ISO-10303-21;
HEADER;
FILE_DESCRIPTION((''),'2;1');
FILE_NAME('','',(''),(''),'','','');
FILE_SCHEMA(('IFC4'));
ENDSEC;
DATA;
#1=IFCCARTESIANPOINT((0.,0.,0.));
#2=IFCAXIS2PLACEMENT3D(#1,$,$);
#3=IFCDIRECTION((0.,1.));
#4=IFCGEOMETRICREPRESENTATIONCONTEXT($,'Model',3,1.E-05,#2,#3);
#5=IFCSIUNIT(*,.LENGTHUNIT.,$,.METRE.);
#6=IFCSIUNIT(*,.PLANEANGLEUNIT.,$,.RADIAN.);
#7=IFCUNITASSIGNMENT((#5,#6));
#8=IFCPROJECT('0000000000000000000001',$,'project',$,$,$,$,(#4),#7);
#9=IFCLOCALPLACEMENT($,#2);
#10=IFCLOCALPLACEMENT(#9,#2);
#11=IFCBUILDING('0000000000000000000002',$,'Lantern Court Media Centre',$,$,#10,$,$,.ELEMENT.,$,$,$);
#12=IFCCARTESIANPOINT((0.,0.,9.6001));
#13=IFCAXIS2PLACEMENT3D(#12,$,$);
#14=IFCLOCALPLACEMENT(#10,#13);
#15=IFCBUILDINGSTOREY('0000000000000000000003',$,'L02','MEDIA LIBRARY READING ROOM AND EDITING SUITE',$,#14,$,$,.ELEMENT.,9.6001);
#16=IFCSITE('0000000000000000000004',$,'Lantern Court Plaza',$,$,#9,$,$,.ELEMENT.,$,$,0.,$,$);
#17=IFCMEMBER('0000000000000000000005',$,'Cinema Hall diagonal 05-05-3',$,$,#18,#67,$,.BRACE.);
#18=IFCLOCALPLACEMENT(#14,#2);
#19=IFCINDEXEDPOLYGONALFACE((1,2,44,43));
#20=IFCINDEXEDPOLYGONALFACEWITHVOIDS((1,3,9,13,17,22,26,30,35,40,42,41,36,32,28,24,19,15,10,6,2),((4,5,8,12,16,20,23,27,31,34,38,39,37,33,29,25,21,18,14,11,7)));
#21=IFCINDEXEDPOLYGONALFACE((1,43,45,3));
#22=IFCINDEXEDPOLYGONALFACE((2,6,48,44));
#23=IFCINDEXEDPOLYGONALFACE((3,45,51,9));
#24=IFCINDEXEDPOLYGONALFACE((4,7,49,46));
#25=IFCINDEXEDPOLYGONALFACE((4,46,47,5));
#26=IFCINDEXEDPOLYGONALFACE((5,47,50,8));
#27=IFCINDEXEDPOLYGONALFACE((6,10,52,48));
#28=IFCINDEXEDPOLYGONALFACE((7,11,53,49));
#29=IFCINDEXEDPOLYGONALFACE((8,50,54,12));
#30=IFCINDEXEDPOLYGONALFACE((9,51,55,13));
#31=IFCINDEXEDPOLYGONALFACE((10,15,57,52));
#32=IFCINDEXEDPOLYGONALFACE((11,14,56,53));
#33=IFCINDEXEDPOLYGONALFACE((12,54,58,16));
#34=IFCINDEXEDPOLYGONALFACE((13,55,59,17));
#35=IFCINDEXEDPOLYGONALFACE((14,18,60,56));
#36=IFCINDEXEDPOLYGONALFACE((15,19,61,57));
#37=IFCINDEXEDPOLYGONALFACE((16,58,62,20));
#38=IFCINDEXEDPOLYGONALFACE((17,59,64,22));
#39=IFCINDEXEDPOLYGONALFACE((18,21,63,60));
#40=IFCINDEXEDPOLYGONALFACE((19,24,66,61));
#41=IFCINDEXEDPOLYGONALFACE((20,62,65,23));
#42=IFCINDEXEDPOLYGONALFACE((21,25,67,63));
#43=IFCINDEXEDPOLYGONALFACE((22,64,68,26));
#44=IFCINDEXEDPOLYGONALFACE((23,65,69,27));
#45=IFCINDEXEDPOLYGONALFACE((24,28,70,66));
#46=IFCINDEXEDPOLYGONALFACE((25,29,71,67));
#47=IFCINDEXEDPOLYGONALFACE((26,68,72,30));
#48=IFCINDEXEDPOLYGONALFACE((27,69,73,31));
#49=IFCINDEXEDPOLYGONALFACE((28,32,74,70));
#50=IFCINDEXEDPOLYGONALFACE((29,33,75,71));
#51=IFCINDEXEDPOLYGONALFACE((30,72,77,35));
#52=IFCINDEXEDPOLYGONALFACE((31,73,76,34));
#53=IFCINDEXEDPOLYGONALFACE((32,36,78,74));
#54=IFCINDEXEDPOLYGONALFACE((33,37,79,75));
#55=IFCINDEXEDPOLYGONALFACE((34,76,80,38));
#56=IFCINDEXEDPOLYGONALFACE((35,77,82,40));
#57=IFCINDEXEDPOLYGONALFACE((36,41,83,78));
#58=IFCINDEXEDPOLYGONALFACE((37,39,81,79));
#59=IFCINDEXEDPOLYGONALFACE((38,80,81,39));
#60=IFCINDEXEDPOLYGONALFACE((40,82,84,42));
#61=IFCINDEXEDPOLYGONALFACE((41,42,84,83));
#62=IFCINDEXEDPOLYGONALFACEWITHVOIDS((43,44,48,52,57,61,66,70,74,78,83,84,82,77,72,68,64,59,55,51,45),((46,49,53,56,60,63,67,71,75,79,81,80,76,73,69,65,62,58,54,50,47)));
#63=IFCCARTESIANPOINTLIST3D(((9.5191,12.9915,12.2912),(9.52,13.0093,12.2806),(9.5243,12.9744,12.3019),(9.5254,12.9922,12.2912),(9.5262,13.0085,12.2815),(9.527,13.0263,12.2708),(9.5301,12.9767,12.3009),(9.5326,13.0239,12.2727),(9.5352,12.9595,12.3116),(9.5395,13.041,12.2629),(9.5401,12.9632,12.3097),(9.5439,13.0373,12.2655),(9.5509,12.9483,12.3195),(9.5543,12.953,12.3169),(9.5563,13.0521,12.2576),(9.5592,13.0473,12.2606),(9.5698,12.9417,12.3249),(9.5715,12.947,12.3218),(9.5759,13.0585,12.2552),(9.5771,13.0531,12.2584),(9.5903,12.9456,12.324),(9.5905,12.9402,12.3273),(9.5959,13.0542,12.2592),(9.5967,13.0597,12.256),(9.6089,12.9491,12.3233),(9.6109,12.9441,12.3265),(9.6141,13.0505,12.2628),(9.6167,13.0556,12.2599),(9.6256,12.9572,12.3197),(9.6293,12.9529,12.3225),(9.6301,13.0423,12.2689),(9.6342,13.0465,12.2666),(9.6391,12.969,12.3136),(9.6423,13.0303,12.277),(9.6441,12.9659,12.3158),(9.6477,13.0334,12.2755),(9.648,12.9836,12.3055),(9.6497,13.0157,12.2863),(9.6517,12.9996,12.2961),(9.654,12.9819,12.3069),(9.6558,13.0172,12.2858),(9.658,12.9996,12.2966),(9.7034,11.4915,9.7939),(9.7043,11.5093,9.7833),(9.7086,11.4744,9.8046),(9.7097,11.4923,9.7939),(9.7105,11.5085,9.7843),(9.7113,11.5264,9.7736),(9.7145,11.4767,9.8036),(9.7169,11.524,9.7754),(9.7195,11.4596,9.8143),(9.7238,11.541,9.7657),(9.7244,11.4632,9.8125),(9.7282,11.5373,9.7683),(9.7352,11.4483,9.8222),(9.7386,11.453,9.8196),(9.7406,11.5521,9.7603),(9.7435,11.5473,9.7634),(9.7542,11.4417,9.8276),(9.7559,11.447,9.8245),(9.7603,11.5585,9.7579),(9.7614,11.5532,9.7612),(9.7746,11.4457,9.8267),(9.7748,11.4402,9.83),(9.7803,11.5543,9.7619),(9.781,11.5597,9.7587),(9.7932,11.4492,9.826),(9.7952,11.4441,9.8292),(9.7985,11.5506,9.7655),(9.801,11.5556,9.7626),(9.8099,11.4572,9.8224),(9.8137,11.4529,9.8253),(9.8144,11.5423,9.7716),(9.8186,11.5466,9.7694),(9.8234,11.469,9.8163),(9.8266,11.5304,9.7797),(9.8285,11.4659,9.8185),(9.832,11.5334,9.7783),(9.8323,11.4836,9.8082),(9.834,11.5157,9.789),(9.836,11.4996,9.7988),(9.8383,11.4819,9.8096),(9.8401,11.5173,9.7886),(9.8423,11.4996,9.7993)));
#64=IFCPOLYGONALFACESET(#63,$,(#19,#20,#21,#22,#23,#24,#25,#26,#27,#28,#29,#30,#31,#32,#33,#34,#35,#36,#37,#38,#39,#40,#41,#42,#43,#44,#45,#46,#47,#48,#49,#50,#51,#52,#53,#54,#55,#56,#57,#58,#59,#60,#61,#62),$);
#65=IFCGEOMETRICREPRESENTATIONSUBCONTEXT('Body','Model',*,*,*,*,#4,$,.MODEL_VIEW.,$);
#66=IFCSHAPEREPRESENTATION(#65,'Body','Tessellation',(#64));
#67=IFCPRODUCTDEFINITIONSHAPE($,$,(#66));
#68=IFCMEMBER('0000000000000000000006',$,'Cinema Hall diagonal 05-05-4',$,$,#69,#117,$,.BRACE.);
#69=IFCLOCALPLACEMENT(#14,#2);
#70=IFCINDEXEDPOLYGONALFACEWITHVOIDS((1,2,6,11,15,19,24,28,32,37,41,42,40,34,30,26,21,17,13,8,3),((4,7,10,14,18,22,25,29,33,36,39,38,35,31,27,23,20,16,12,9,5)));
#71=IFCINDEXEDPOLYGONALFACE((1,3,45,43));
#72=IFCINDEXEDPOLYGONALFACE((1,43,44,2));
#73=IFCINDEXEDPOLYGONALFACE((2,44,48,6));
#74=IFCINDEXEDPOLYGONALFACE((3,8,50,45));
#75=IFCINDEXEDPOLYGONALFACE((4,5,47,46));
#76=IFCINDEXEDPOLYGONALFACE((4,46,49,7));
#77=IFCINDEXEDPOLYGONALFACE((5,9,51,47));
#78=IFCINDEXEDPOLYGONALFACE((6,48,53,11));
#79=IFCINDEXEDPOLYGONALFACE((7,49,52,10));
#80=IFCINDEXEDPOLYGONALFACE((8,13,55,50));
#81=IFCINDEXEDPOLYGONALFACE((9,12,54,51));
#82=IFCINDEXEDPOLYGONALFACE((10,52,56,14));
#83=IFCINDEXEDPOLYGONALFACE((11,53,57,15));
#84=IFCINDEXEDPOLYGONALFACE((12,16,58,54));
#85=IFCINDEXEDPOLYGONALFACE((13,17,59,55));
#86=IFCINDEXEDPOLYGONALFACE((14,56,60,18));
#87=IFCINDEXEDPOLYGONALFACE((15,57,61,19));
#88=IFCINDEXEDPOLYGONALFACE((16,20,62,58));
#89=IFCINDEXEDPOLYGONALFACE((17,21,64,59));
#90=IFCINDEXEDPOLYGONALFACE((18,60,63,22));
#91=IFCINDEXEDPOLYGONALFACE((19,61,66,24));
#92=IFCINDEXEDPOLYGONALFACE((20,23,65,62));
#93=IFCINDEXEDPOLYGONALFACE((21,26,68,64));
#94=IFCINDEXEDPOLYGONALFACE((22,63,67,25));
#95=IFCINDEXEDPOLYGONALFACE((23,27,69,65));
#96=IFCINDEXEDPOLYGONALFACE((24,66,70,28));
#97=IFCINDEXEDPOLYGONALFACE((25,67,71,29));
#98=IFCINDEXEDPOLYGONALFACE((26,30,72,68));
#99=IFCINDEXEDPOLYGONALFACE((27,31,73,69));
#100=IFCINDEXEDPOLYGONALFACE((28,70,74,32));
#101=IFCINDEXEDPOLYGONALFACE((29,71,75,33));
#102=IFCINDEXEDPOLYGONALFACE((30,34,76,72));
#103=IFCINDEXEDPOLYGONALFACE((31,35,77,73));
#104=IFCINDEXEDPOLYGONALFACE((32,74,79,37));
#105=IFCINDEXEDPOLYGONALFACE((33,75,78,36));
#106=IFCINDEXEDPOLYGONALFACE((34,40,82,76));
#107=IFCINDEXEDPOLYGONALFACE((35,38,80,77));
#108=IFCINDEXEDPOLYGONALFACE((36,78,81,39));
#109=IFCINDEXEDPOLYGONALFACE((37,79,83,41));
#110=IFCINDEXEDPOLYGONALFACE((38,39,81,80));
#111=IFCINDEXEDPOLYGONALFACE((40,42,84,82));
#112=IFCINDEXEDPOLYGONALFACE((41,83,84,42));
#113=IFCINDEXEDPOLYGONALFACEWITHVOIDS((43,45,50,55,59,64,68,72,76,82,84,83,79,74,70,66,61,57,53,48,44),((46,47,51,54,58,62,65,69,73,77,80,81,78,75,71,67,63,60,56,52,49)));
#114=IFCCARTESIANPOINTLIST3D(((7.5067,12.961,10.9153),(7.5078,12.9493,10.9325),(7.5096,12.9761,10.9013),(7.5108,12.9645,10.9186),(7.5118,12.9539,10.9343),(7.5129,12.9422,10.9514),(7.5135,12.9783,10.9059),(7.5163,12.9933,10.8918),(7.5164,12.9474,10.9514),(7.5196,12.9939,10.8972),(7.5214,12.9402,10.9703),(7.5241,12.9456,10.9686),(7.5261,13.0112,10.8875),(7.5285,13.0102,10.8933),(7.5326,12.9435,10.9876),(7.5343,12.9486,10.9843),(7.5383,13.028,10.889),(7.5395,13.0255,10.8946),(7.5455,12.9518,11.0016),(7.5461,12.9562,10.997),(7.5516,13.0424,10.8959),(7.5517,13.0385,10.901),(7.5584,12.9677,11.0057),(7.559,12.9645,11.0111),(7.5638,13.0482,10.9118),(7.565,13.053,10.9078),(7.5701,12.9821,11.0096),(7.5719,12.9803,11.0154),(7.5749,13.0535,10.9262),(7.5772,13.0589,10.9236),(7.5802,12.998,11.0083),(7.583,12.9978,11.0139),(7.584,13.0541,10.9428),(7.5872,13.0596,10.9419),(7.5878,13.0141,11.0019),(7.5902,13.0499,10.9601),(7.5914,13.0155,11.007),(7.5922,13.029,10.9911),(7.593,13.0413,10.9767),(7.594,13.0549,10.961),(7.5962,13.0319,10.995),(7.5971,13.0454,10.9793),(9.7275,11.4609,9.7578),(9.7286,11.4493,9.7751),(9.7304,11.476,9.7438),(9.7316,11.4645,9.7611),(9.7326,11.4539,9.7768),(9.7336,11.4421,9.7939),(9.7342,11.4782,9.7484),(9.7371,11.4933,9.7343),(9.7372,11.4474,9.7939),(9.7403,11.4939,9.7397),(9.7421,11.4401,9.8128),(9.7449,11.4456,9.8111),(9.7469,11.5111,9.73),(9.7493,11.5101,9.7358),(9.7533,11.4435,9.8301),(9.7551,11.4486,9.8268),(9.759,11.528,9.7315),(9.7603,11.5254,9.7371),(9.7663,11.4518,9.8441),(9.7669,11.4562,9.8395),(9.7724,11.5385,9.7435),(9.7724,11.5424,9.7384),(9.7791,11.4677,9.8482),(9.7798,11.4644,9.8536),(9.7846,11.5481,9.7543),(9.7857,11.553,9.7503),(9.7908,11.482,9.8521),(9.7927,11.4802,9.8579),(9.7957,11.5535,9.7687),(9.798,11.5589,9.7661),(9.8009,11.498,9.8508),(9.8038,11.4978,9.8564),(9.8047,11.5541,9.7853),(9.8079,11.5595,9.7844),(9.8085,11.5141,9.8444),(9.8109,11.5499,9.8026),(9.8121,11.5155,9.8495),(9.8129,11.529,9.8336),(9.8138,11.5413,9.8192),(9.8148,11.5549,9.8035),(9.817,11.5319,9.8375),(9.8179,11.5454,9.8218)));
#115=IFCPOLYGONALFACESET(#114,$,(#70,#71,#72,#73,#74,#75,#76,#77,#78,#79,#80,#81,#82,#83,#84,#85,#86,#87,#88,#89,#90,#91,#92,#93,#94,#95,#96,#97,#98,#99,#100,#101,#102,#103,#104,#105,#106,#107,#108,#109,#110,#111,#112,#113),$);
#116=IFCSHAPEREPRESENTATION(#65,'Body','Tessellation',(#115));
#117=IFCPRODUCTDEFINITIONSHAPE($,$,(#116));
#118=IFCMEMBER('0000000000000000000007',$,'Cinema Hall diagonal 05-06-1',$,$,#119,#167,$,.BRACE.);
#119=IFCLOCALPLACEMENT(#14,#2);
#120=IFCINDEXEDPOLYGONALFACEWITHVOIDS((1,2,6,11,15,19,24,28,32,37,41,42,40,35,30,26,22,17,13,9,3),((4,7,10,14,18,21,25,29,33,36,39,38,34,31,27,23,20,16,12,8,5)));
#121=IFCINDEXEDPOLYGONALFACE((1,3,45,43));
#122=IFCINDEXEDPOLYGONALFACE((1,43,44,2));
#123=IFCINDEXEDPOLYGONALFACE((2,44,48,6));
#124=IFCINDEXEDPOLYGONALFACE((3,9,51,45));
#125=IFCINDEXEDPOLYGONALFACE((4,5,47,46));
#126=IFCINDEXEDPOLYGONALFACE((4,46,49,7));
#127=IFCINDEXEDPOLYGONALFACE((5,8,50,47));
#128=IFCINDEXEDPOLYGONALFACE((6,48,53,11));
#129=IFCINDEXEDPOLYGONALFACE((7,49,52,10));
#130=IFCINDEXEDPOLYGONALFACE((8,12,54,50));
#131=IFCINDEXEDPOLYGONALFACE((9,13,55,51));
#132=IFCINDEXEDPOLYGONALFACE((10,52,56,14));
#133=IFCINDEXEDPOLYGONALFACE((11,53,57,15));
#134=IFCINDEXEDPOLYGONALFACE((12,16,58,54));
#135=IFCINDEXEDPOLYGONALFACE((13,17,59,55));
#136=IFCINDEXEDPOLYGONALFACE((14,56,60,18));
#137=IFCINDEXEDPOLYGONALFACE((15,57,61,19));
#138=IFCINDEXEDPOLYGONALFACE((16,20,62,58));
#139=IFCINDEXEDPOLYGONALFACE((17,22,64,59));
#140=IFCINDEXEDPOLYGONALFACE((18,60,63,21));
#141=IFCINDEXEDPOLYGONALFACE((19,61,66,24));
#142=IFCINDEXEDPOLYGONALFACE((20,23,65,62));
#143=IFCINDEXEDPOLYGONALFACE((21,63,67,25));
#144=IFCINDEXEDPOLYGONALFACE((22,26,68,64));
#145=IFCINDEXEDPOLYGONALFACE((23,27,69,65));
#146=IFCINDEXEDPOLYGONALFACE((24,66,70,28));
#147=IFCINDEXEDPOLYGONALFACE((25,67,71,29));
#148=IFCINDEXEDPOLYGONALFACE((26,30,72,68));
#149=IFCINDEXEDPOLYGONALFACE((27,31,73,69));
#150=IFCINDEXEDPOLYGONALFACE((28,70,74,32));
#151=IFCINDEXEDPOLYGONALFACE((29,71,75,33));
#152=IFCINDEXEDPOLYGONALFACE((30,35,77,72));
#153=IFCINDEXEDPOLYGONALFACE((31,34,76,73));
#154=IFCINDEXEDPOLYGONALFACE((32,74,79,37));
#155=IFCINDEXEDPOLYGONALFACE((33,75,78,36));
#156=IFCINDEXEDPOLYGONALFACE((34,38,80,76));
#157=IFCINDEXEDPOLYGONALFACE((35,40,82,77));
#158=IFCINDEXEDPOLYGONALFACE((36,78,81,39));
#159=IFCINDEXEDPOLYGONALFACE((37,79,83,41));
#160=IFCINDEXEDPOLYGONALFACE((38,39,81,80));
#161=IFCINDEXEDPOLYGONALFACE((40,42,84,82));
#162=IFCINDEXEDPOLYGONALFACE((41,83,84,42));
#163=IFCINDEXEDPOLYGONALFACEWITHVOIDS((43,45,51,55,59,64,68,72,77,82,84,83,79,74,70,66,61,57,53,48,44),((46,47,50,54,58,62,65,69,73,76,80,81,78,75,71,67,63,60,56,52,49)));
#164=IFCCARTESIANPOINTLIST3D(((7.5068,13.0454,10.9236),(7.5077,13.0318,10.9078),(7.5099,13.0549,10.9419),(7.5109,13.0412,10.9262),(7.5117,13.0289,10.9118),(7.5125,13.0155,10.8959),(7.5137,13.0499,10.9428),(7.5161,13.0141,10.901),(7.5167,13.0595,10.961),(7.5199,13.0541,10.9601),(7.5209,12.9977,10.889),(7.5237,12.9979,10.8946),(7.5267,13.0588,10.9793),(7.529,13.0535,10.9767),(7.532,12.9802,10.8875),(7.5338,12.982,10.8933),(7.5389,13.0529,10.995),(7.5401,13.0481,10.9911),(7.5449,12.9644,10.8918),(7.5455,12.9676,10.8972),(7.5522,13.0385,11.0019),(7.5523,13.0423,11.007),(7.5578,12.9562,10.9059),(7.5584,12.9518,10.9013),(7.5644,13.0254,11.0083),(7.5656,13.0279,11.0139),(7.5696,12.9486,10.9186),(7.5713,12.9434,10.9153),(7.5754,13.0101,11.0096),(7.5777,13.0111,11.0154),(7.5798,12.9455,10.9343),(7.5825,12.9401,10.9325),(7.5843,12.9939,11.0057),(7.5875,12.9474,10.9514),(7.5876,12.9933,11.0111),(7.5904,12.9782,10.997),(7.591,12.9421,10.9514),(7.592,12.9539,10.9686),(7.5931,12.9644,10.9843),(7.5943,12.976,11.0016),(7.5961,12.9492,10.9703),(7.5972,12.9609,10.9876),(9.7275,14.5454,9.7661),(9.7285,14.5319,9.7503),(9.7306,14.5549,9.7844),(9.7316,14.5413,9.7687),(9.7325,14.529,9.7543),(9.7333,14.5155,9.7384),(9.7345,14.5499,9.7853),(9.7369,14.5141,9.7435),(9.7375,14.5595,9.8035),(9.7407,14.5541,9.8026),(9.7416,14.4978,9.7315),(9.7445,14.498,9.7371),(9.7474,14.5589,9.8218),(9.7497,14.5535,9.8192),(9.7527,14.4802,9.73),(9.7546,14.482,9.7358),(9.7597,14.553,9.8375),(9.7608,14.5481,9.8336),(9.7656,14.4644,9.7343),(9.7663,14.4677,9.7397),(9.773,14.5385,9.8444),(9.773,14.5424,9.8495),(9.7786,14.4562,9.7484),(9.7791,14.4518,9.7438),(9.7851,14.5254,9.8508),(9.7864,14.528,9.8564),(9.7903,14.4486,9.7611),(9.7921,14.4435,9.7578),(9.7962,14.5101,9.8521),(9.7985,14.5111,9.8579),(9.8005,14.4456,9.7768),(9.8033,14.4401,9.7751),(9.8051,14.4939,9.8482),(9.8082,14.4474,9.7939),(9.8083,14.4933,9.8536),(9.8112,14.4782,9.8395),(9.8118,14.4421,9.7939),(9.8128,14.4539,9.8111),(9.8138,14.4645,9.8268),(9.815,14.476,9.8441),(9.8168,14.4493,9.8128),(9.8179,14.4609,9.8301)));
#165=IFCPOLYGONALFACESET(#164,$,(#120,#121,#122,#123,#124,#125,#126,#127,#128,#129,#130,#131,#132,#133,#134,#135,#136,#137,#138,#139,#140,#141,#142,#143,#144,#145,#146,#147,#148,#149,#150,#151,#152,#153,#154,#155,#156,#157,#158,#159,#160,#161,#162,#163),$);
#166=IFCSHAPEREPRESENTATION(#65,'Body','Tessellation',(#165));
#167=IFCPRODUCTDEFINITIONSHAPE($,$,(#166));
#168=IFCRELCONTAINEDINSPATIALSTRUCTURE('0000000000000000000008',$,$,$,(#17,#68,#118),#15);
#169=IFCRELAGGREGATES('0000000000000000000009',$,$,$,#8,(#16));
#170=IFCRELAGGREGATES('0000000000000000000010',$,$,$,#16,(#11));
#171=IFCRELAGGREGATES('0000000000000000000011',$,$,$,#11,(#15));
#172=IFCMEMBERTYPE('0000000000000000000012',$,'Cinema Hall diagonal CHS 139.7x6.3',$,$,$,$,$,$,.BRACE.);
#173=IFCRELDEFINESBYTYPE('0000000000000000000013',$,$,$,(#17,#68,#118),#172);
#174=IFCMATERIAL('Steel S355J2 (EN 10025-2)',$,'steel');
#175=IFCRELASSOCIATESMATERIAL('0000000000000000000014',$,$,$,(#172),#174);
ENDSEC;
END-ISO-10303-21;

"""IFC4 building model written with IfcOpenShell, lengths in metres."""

from ifc_helpers import new_model, si_unit, direction, frame, origin, origin_2d, place, context, subcontext, project, spatial, hollow_circle, extrude, material, material_profile, profile_set, type_object, element, save


model = new_model("IFC4")

# Units and contexts
model_context = context("Model", 3, precision=1e-05, world=origin(), true_north=direction((0.0, 1.0)))
body_context = subcontext(model_context, "Body", "Model", "MODEL_VIEW")
ifc_project = project(units=[si_unit("LENGTHUNIT", "METRE"), si_unit("PLANEANGLEUNIT", "RADIAN")], contexts=[model_context])

# Site, building, storey
site_placement = place(None, origin())
site = spatial("IfcSite", under=ifc_project, at=site_placement, Name="Lantern Court Plaza", CompositionType="ELEMENT", RefElevation=0.0)
building_placement = place(site_placement, origin())
building = spatial("IfcBuilding", under=site, at=building_placement, Name="Lantern Court Media Centre", CompositionType="ELEMENT")
storey_placement = place(building_placement, frame((0.0, 0.0, 9.6001)))
storey = spatial("IfcBuildingStorey", under=building, at=storey_placement, Name="L02", Description="MEDIA LIBRARY READING ROOM AND EDITING SUITE", CompositionType="ELEMENT", Elevation=9.6001)

# Members
ifc_material = material(Name="Steel S355J2 (EN 10025-2)", Category="steel")
ifc_material_profile_1 = material_profile(ifc_material, hollow_circle(Radius=0.0698, WallThickness=0.0063, at=origin_2d()), Name="Cinema Hall diagonal CHS 139.7x6.3")
ifc_profile_set_1 = profile_set([ifc_material_profile_1], Name="Steel S355J2 (EN 10025-2)")
member_type_1 = type_object("IfcMemberType", Name="Cinema Hall diagonal CHS 139.7x6.3", PredefinedType="BRACE", material=ifc_profile_set_1)
for number, where, z_axis, x_axis, name in (
    (1, (9.7727, 11.5, 9.7939), (-0.063147, 0.513875, 0.855538), (-0.992534, -0.121967, 0.0), "Cinema Hall diagonal 05-05-3"),
):
    element("IfcMember", number, at=place(storey_placement, frame(where, z_axis=z_axis, x_axis=x_axis)), inside=storey, type_object=member_type_1, Name=name, PredefinedType="BRACE", context=body_context, shape_type="SweptSolid", body=[
        extrude(hollow_circle(Radius=0.0698, WallThickness=0.0063, at=origin_2d()), origin(), (0.0, 0.0, 1.0), 2.9189),
    ])
for number, where, z_axis, x_axis, name in (
    (2, (9.7727, 11.5, 9.7939), (-0.760744, 0.513854, 0.396514), (-0.559736, -0.828671, 0.0), "Cinema Hall diagonal 05-05-4"),
    (3, (9.7727, 14.5, 9.7939), (-0.760744, -0.513854, 0.396514), (0.559736, -0.828671, 0.0), "Cinema Hall diagonal 05-06-1"),
):
    element("IfcMember", number, at=place(storey_placement, frame(where, z_axis=z_axis, x_axis=x_axis)), inside=storey, type_object=member_type_1, Name=name, PredefinedType="BRACE", context=body_context, shape_type="SweptSolid", body=[
        extrude(hollow_circle(Radius=0.0698, WallThickness=0.0063, at=origin_2d()), origin(), (0.0, 0.0, 1.0), 2.9192),
    ])

save(model, "model.ifc")
